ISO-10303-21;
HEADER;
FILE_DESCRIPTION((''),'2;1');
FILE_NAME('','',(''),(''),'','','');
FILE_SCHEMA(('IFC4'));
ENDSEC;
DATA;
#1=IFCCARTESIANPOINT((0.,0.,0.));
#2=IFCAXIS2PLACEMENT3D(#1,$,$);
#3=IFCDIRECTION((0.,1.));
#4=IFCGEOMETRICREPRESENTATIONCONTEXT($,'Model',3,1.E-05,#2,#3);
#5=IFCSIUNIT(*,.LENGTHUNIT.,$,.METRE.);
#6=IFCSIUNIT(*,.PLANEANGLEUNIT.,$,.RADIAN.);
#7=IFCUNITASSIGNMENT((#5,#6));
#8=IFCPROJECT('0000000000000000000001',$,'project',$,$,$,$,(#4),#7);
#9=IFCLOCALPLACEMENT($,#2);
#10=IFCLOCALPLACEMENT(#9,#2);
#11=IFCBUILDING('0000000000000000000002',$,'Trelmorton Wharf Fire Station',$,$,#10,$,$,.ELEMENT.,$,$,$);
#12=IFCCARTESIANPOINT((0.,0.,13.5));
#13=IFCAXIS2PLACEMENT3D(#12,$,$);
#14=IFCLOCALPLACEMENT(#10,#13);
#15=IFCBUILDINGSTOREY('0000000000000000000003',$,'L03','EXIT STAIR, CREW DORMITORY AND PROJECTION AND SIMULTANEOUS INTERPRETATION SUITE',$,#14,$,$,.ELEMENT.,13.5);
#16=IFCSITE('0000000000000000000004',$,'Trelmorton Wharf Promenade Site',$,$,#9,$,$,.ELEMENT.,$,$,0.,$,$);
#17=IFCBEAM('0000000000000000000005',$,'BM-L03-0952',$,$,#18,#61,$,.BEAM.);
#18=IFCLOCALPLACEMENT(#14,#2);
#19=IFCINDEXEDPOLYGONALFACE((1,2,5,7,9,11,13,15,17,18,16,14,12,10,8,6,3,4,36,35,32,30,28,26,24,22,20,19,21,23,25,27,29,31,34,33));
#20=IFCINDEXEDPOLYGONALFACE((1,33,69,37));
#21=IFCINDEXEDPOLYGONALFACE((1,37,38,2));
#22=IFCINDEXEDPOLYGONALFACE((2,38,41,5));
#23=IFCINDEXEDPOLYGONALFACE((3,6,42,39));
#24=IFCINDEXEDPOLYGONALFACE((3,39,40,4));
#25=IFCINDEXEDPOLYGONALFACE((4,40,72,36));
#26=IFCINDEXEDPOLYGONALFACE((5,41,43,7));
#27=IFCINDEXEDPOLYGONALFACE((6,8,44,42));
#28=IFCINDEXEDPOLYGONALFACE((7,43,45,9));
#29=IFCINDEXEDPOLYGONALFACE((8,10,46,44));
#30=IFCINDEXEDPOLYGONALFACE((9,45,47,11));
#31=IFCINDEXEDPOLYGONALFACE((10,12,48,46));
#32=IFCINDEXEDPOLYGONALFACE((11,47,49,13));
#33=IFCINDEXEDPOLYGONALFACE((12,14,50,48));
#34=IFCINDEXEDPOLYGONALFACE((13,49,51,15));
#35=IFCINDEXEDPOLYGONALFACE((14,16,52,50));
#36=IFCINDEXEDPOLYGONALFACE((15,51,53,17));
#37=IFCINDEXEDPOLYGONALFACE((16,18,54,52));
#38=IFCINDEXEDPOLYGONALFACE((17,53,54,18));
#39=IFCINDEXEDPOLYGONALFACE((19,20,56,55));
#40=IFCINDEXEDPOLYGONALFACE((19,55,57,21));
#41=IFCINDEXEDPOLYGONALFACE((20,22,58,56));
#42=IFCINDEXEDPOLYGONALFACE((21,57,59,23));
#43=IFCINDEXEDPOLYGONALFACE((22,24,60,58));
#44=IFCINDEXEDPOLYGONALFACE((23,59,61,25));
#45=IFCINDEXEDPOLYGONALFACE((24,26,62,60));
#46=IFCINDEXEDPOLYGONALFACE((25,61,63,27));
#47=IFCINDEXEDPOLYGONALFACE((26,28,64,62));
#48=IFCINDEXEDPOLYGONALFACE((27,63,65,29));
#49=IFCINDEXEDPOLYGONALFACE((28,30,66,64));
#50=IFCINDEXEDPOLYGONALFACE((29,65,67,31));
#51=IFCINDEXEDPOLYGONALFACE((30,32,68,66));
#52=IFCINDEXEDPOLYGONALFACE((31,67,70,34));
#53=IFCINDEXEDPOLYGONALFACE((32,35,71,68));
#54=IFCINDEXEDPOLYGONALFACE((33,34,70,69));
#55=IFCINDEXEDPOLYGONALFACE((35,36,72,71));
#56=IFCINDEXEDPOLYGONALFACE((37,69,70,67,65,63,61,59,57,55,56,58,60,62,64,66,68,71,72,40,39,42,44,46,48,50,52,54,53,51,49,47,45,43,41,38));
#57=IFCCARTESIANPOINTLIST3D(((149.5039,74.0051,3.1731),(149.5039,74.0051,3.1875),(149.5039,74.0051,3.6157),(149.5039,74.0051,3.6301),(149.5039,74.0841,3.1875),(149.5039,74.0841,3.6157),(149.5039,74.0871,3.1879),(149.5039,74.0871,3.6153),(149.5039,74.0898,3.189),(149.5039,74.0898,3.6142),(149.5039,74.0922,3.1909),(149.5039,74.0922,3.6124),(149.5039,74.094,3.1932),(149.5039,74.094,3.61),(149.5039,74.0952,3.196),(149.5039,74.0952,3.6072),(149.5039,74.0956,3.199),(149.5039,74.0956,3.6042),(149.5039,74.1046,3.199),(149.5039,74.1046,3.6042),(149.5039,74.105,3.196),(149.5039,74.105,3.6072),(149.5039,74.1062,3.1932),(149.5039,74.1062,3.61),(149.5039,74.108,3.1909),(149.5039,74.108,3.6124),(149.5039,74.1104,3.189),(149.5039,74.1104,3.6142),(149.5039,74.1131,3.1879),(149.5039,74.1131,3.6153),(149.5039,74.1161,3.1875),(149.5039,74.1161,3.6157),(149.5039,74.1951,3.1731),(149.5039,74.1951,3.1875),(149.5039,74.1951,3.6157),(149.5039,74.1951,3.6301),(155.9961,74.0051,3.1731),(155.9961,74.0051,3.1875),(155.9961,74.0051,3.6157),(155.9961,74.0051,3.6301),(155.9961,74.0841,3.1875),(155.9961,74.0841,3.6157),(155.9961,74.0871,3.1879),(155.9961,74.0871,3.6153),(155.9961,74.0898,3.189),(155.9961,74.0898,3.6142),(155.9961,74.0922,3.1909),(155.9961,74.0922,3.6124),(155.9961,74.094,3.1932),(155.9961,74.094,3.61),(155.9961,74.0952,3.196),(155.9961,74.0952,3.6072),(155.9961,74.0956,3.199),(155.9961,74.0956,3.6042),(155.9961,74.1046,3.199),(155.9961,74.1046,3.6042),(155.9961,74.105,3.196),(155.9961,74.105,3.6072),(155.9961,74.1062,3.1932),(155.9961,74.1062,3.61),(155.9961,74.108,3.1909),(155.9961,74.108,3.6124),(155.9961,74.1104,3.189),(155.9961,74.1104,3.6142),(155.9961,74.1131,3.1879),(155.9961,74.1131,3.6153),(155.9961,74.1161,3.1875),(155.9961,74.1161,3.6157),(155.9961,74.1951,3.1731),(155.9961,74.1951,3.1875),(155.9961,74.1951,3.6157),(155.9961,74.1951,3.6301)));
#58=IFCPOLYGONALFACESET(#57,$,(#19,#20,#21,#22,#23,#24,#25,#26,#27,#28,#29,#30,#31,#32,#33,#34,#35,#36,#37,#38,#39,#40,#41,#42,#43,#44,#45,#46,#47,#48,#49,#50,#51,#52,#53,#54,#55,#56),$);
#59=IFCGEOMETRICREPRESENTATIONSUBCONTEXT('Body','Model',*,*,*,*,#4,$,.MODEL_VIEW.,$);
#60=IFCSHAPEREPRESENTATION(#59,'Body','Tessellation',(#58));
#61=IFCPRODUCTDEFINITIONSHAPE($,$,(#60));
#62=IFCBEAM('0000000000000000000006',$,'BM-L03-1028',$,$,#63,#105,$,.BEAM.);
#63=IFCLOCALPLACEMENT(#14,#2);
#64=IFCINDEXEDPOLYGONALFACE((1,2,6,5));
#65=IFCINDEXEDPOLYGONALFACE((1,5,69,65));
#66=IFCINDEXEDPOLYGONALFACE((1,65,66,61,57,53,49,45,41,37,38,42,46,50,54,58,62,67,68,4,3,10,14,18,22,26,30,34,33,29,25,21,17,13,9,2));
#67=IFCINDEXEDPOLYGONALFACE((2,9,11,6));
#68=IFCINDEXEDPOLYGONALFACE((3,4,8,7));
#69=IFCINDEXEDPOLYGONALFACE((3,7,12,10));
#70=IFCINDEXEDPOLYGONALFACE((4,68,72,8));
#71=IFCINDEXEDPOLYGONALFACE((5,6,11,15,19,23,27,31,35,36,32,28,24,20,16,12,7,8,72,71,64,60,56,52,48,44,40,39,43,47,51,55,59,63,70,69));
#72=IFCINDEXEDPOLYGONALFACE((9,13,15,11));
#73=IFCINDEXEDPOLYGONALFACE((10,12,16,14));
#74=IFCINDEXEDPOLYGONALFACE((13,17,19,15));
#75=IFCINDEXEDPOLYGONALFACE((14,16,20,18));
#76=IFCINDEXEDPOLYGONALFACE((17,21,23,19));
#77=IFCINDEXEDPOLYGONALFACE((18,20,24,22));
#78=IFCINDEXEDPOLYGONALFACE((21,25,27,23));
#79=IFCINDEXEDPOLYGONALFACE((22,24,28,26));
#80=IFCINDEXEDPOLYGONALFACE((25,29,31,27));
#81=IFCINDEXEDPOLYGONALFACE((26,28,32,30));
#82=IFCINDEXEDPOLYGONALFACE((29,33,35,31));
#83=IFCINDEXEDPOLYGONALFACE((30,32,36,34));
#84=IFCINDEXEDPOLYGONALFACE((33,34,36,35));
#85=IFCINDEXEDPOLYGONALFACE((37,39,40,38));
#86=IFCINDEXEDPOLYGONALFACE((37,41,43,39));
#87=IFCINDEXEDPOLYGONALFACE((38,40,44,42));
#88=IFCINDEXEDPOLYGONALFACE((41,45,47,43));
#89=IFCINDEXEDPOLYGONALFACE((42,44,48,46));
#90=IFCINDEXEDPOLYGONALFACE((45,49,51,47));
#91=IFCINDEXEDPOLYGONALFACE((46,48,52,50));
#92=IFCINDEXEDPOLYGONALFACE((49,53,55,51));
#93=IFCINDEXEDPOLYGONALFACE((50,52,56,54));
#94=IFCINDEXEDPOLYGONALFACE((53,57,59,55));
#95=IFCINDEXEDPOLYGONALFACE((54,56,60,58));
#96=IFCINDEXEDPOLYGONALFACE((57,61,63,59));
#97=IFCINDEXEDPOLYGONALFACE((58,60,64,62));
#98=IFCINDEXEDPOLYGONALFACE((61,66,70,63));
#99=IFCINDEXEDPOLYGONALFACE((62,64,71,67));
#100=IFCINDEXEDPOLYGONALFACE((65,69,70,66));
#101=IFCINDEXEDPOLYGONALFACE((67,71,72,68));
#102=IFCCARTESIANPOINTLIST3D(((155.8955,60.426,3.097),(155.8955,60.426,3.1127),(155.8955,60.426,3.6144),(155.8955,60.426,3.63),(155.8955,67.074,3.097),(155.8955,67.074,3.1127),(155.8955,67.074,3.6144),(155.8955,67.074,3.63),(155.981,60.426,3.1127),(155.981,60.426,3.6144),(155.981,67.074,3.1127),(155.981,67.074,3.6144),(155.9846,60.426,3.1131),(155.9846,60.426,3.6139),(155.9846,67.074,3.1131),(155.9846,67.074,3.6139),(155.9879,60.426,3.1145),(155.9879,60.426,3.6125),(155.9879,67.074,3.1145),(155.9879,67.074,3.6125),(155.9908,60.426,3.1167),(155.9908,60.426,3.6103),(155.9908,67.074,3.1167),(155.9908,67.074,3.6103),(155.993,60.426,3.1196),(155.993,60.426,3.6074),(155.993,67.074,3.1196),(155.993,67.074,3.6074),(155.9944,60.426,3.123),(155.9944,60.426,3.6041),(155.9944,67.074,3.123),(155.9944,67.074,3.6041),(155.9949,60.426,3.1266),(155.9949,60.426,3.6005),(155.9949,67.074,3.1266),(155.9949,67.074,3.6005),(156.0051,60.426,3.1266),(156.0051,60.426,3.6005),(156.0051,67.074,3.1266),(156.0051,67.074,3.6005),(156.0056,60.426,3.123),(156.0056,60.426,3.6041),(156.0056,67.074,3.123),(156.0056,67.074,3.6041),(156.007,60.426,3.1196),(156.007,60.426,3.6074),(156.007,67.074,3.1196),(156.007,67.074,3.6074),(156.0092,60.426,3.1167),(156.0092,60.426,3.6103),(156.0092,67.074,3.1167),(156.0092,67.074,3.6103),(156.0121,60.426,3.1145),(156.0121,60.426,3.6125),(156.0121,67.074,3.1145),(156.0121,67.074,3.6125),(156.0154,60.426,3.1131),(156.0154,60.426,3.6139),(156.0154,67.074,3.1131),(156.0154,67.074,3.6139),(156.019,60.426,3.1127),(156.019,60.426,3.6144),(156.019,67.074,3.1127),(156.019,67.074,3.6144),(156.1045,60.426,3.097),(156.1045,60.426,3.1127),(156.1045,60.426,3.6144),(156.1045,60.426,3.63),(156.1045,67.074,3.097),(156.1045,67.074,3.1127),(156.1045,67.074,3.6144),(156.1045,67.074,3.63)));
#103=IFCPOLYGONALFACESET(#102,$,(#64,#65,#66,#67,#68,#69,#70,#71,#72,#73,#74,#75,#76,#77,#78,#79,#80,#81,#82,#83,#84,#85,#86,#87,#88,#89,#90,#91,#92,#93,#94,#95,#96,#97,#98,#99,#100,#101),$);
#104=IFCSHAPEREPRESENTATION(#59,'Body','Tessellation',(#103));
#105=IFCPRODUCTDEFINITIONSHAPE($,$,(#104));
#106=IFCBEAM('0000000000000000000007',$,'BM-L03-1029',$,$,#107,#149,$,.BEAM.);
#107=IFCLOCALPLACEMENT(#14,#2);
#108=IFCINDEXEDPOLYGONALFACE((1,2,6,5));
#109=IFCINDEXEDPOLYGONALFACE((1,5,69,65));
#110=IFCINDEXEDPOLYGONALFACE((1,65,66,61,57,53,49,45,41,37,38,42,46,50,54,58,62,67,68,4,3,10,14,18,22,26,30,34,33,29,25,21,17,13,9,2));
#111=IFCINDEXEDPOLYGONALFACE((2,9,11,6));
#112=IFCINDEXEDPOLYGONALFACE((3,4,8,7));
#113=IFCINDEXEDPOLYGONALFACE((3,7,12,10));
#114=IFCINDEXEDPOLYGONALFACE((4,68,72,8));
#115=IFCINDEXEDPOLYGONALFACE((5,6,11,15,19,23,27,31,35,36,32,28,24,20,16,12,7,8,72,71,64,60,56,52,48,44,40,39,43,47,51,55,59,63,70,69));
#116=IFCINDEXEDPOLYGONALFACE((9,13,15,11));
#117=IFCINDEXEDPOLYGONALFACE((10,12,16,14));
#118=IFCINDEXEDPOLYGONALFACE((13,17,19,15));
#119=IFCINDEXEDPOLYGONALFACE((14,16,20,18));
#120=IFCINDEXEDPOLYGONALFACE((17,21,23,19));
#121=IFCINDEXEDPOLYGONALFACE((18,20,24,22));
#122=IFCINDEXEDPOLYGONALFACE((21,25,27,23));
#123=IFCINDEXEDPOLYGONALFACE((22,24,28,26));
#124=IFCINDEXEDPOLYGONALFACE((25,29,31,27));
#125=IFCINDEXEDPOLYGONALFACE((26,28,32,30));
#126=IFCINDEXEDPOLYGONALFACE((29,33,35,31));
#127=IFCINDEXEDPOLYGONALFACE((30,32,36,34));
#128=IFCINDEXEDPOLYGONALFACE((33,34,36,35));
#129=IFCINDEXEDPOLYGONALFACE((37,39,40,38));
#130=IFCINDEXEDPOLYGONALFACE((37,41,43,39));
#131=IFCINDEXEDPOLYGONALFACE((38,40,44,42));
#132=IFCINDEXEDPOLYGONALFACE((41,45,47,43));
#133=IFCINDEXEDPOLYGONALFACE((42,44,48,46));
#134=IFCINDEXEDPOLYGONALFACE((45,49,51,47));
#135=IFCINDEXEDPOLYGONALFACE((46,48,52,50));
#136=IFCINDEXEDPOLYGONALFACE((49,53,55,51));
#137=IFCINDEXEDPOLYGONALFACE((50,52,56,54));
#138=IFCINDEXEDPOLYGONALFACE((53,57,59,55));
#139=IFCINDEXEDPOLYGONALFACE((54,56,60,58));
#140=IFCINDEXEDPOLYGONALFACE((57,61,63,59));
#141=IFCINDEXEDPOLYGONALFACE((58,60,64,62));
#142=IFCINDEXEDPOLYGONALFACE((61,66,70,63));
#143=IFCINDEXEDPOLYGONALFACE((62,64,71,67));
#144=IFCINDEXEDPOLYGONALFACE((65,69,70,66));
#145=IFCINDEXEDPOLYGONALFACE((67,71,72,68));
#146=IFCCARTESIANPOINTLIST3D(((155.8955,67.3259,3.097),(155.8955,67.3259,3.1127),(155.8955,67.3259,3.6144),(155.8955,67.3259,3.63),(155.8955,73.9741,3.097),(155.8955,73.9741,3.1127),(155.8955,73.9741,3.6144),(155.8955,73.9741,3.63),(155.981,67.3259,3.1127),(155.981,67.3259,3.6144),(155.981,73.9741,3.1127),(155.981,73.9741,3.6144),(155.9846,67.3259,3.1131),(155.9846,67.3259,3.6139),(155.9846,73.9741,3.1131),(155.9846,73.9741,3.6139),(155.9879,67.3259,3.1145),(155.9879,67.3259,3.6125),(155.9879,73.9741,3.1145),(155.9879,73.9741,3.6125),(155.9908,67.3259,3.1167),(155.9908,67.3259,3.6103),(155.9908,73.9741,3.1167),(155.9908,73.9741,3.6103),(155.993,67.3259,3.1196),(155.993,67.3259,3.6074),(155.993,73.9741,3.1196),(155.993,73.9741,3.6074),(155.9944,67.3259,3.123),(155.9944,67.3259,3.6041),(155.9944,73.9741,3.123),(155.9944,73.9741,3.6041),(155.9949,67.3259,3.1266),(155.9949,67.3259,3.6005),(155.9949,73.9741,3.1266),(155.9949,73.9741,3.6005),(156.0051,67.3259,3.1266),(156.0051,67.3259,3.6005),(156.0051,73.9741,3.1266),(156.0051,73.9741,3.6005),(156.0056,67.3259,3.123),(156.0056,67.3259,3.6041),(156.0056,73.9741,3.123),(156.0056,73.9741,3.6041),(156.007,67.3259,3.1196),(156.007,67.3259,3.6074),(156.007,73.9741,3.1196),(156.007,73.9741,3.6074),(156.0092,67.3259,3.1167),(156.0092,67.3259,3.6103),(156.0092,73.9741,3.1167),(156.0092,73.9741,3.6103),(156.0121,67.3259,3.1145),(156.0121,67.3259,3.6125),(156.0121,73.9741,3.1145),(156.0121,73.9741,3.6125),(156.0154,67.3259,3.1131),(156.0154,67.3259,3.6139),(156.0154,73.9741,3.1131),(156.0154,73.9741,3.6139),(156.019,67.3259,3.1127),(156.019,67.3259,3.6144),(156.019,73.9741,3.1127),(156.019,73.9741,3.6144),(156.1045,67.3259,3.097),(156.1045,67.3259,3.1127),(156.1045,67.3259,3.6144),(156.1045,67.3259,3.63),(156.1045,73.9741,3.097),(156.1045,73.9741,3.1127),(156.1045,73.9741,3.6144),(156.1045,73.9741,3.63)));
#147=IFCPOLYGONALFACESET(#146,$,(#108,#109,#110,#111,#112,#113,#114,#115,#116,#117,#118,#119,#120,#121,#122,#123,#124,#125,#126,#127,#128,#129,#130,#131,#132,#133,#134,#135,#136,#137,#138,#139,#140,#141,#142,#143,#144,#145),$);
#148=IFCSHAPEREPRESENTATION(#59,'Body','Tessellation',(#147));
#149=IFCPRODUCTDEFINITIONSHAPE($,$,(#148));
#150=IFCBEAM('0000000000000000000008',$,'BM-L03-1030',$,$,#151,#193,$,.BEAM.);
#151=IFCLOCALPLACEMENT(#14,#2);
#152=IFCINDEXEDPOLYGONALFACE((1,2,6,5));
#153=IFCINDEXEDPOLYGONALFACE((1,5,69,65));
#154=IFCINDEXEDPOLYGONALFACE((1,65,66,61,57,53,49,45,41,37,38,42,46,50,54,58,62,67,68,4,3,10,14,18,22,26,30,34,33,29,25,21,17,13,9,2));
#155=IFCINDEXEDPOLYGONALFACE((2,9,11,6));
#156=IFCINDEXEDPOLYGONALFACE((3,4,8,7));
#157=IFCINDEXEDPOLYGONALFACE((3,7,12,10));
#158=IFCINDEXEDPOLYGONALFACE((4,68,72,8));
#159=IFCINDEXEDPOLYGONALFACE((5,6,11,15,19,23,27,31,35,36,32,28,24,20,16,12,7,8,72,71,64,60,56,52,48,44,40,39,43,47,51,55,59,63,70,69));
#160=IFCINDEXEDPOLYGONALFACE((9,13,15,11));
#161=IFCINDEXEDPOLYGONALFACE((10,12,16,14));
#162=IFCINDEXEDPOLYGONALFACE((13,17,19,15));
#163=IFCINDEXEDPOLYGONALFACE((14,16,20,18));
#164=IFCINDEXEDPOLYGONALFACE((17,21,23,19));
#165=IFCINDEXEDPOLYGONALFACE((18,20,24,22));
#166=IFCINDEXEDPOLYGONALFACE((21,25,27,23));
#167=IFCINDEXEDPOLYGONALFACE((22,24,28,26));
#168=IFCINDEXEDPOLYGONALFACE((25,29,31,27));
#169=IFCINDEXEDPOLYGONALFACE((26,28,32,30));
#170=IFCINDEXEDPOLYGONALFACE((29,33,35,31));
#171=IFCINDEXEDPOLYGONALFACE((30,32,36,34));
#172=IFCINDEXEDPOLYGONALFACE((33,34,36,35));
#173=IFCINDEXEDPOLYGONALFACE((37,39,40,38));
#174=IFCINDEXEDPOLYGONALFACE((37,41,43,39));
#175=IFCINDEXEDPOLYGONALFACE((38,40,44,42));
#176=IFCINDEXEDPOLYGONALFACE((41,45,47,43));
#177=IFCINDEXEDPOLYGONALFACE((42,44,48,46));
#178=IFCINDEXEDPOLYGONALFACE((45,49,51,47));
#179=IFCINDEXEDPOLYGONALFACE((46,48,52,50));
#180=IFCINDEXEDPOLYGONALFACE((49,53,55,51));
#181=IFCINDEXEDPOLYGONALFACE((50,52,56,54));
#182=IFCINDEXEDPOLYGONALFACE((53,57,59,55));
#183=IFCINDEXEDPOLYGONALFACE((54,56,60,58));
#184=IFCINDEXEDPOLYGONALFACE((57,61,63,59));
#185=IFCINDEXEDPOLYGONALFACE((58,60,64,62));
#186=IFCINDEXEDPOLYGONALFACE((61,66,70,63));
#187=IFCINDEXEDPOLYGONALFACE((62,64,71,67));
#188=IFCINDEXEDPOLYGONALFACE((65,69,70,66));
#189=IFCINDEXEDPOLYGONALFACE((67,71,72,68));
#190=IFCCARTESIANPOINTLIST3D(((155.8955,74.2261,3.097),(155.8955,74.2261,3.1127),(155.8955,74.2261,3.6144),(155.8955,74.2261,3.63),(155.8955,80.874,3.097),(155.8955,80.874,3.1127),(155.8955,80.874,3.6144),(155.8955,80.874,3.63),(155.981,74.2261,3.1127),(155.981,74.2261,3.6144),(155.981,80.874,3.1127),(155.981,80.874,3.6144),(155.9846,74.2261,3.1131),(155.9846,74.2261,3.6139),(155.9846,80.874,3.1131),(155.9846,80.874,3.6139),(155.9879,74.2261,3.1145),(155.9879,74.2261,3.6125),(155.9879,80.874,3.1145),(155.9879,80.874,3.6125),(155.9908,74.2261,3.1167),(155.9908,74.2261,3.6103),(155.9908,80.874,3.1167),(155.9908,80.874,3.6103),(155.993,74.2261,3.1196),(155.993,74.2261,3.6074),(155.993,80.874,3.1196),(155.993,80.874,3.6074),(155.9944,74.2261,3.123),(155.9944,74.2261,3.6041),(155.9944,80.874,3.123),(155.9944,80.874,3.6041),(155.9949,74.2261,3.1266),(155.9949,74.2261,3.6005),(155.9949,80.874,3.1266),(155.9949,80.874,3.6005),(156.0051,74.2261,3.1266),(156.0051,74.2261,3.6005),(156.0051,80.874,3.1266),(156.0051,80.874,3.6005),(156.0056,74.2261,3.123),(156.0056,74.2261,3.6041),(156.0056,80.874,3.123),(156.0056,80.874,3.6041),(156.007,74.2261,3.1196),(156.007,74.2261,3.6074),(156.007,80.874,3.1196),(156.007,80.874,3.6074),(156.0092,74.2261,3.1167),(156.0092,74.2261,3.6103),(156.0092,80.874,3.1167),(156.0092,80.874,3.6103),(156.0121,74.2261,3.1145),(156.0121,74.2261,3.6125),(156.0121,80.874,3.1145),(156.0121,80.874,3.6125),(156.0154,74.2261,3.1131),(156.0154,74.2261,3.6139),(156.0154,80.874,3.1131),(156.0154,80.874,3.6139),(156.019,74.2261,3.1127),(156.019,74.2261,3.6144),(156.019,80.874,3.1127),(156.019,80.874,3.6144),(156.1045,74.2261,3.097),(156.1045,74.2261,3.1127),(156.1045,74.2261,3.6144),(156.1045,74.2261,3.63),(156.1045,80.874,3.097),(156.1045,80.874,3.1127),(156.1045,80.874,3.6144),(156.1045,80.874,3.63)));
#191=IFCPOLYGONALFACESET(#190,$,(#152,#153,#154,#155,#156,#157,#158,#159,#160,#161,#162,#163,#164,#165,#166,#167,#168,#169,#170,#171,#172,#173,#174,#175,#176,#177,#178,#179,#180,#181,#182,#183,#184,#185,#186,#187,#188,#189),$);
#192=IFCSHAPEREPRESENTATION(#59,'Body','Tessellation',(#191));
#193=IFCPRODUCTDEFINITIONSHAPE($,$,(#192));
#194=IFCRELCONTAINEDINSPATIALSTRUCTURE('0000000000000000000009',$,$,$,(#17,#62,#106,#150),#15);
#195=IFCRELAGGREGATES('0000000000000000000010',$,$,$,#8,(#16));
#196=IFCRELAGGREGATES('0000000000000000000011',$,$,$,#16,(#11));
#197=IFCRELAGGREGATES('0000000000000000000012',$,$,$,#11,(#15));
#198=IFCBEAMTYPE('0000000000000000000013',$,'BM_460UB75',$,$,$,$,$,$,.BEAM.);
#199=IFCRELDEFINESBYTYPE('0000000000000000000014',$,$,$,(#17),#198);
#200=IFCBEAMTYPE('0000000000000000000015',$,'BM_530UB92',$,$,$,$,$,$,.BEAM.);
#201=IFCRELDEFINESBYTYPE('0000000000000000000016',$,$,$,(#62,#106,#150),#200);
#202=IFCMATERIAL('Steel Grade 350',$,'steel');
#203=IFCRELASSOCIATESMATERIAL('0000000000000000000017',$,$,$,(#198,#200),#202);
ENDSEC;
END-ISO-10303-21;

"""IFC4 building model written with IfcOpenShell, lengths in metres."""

from ifc_helpers import new_model, si_unit, direction, frame, origin, origin_2d, place, context, subcontext, project, spatial, i_section, extrude, material, material_profile, profile_set, type_object, element, save


model = new_model("IFC4")

# Units and contexts
model_context = context("Model", 3, precision=1e-05, world=origin(), true_north=direction((0.0, 1.0)))
body_context = subcontext(model_context, "Body", "Model", "MODEL_VIEW")
ifc_project = project(units=[si_unit("LENGTHUNIT", "METRE"), si_unit("PLANEANGLEUNIT", "RADIAN")], contexts=[model_context])

# Site, building, storey
site_placement = place(None, origin())
site = spatial("IfcSite", under=ifc_project, at=site_placement, Name="Trelmorton Wharf Promenade Site", CompositionType="ELEMENT", RefElevation=0.0)
building_placement = place(site_placement, origin())
building = spatial("IfcBuilding", under=site, at=building_placement, Name="Trelmorton Wharf Fire Station", CompositionType="ELEMENT")
storey_placement = place(building_placement, frame((0.0, 0.0, 13.5)))
storey = spatial("IfcBuildingStorey", under=building, at=storey_placement, Name="L03", Description="EXIT STAIR, CREW DORMITORY AND PROJECTION AND SIMULTANEOUS INTERPRETATION SUITE", CompositionType="ELEMENT", Elevation=13.5)

# Shared definitions
ifc_material_1 = material(Name="Steel Grade 350", Category="steel")

# Beams
ifc_material_profile_1 = material_profile(ifc_material_1, i_section(OverallWidth=0.1899, OverallDepth=0.457, WebThickness=0.009, FlangeThickness=0.0144, FilletRadius=0.0115, at=origin_2d()), Name="460UB74.6")
ifc_profile_set_1 = profile_set([ifc_material_profile_1], Name="Steel Grade 350")
beam_type_1 = type_object("IfcBeamType", Name="BM_460UB75", PredefinedType="BEAM", material=ifc_profile_set_1)
beam_1_placement = place(storey_placement, frame((149.5039, 74.1001, 3.4016), z_axis=(1.0, 0.0, 0.0), x_axis=(0.0, 1.0, 0.0)))
element("IfcBeam", 1, at=beam_1_placement, inside=storey, type_object=beam_type_1, Name="BM-L03-0952", PredefinedType="BEAM", context=body_context, shape_type="SweptSolid", body=[
    extrude(i_section(OverallWidth=0.1899, OverallDepth=0.457, WebThickness=0.009, FlangeThickness=0.0144, FilletRadius=0.0115, at=origin_2d()), origin(), (0.0, 0.0, 1.0), 6.4922),
])
ifc_material_profile_2 = material_profile(ifc_material_1, i_section(OverallWidth=0.209, OverallDepth=0.533, WebThickness=0.0103, FlangeThickness=0.0156, FilletRadius=0.0139, at=origin_2d()), Name="530UB92.4")
ifc_profile_set_2 = profile_set([ifc_material_profile_2], Name="Steel Grade 350")
beam_type_2 = type_object("IfcBeamType", Name="BM_530UB92", PredefinedType="BEAM", material=ifc_profile_set_2)
beam_2_placement = place(storey_placement, frame((156.0, 60.426, 3.3635), z_axis=(0.0, 1.0, 0.0), x_axis=(-1.0, 0.0, 0.0)))
element("IfcBeam", 2, at=beam_2_placement, inside=storey, type_object=beam_type_2, Name="BM-L03-1028", PredefinedType="BEAM", context=body_context, shape_type="SweptSolid", body=[
    extrude(i_section(OverallWidth=0.209, OverallDepth=0.533, WebThickness=0.0103, FlangeThickness=0.0156, FilletRadius=0.0139, at=origin_2d()), origin(), (0.0, 0.0, 1.0), 6.6479),
])
beam_3_placement = place(storey_placement, frame((156.0, 67.3259, 3.3635), z_axis=(0.0, 1.0, 0.0), x_axis=(-1.0, 0.0, 0.0)))
element("IfcBeam", 3, at=beam_3_placement, inside=storey, type_object=beam_type_2, Name="BM-L03-1029", PredefinedType="BEAM", context=body_context, shape_type="SweptSolid", body=[
    extrude(i_section(OverallWidth=0.209, OverallDepth=0.533, WebThickness=0.0103, FlangeThickness=0.0156, FilletRadius=0.0139, at=origin_2d()), origin(), (0.0, 0.0, 1.0), 6.6482),
])
beam_4_placement = place(storey_placement, frame((156.0, 74.2261, 3.3635), z_axis=(0.0, 1.0, 0.0), x_axis=(-1.0, 0.0, 0.0)))
element("IfcBeam", 4, at=beam_4_placement, inside=storey, type_object=beam_type_2, Name="BM-L03-1030", PredefinedType="BEAM", context=body_context, shape_type="SweptSolid", body=[
    extrude(i_section(OverallWidth=0.209, OverallDepth=0.533, WebThickness=0.0103, FlangeThickness=0.0156, FilletRadius=0.0139, at=origin_2d()), origin(), (0.0, 0.0, 1.0), 6.6479),
])

save(model, "model.ifc")
